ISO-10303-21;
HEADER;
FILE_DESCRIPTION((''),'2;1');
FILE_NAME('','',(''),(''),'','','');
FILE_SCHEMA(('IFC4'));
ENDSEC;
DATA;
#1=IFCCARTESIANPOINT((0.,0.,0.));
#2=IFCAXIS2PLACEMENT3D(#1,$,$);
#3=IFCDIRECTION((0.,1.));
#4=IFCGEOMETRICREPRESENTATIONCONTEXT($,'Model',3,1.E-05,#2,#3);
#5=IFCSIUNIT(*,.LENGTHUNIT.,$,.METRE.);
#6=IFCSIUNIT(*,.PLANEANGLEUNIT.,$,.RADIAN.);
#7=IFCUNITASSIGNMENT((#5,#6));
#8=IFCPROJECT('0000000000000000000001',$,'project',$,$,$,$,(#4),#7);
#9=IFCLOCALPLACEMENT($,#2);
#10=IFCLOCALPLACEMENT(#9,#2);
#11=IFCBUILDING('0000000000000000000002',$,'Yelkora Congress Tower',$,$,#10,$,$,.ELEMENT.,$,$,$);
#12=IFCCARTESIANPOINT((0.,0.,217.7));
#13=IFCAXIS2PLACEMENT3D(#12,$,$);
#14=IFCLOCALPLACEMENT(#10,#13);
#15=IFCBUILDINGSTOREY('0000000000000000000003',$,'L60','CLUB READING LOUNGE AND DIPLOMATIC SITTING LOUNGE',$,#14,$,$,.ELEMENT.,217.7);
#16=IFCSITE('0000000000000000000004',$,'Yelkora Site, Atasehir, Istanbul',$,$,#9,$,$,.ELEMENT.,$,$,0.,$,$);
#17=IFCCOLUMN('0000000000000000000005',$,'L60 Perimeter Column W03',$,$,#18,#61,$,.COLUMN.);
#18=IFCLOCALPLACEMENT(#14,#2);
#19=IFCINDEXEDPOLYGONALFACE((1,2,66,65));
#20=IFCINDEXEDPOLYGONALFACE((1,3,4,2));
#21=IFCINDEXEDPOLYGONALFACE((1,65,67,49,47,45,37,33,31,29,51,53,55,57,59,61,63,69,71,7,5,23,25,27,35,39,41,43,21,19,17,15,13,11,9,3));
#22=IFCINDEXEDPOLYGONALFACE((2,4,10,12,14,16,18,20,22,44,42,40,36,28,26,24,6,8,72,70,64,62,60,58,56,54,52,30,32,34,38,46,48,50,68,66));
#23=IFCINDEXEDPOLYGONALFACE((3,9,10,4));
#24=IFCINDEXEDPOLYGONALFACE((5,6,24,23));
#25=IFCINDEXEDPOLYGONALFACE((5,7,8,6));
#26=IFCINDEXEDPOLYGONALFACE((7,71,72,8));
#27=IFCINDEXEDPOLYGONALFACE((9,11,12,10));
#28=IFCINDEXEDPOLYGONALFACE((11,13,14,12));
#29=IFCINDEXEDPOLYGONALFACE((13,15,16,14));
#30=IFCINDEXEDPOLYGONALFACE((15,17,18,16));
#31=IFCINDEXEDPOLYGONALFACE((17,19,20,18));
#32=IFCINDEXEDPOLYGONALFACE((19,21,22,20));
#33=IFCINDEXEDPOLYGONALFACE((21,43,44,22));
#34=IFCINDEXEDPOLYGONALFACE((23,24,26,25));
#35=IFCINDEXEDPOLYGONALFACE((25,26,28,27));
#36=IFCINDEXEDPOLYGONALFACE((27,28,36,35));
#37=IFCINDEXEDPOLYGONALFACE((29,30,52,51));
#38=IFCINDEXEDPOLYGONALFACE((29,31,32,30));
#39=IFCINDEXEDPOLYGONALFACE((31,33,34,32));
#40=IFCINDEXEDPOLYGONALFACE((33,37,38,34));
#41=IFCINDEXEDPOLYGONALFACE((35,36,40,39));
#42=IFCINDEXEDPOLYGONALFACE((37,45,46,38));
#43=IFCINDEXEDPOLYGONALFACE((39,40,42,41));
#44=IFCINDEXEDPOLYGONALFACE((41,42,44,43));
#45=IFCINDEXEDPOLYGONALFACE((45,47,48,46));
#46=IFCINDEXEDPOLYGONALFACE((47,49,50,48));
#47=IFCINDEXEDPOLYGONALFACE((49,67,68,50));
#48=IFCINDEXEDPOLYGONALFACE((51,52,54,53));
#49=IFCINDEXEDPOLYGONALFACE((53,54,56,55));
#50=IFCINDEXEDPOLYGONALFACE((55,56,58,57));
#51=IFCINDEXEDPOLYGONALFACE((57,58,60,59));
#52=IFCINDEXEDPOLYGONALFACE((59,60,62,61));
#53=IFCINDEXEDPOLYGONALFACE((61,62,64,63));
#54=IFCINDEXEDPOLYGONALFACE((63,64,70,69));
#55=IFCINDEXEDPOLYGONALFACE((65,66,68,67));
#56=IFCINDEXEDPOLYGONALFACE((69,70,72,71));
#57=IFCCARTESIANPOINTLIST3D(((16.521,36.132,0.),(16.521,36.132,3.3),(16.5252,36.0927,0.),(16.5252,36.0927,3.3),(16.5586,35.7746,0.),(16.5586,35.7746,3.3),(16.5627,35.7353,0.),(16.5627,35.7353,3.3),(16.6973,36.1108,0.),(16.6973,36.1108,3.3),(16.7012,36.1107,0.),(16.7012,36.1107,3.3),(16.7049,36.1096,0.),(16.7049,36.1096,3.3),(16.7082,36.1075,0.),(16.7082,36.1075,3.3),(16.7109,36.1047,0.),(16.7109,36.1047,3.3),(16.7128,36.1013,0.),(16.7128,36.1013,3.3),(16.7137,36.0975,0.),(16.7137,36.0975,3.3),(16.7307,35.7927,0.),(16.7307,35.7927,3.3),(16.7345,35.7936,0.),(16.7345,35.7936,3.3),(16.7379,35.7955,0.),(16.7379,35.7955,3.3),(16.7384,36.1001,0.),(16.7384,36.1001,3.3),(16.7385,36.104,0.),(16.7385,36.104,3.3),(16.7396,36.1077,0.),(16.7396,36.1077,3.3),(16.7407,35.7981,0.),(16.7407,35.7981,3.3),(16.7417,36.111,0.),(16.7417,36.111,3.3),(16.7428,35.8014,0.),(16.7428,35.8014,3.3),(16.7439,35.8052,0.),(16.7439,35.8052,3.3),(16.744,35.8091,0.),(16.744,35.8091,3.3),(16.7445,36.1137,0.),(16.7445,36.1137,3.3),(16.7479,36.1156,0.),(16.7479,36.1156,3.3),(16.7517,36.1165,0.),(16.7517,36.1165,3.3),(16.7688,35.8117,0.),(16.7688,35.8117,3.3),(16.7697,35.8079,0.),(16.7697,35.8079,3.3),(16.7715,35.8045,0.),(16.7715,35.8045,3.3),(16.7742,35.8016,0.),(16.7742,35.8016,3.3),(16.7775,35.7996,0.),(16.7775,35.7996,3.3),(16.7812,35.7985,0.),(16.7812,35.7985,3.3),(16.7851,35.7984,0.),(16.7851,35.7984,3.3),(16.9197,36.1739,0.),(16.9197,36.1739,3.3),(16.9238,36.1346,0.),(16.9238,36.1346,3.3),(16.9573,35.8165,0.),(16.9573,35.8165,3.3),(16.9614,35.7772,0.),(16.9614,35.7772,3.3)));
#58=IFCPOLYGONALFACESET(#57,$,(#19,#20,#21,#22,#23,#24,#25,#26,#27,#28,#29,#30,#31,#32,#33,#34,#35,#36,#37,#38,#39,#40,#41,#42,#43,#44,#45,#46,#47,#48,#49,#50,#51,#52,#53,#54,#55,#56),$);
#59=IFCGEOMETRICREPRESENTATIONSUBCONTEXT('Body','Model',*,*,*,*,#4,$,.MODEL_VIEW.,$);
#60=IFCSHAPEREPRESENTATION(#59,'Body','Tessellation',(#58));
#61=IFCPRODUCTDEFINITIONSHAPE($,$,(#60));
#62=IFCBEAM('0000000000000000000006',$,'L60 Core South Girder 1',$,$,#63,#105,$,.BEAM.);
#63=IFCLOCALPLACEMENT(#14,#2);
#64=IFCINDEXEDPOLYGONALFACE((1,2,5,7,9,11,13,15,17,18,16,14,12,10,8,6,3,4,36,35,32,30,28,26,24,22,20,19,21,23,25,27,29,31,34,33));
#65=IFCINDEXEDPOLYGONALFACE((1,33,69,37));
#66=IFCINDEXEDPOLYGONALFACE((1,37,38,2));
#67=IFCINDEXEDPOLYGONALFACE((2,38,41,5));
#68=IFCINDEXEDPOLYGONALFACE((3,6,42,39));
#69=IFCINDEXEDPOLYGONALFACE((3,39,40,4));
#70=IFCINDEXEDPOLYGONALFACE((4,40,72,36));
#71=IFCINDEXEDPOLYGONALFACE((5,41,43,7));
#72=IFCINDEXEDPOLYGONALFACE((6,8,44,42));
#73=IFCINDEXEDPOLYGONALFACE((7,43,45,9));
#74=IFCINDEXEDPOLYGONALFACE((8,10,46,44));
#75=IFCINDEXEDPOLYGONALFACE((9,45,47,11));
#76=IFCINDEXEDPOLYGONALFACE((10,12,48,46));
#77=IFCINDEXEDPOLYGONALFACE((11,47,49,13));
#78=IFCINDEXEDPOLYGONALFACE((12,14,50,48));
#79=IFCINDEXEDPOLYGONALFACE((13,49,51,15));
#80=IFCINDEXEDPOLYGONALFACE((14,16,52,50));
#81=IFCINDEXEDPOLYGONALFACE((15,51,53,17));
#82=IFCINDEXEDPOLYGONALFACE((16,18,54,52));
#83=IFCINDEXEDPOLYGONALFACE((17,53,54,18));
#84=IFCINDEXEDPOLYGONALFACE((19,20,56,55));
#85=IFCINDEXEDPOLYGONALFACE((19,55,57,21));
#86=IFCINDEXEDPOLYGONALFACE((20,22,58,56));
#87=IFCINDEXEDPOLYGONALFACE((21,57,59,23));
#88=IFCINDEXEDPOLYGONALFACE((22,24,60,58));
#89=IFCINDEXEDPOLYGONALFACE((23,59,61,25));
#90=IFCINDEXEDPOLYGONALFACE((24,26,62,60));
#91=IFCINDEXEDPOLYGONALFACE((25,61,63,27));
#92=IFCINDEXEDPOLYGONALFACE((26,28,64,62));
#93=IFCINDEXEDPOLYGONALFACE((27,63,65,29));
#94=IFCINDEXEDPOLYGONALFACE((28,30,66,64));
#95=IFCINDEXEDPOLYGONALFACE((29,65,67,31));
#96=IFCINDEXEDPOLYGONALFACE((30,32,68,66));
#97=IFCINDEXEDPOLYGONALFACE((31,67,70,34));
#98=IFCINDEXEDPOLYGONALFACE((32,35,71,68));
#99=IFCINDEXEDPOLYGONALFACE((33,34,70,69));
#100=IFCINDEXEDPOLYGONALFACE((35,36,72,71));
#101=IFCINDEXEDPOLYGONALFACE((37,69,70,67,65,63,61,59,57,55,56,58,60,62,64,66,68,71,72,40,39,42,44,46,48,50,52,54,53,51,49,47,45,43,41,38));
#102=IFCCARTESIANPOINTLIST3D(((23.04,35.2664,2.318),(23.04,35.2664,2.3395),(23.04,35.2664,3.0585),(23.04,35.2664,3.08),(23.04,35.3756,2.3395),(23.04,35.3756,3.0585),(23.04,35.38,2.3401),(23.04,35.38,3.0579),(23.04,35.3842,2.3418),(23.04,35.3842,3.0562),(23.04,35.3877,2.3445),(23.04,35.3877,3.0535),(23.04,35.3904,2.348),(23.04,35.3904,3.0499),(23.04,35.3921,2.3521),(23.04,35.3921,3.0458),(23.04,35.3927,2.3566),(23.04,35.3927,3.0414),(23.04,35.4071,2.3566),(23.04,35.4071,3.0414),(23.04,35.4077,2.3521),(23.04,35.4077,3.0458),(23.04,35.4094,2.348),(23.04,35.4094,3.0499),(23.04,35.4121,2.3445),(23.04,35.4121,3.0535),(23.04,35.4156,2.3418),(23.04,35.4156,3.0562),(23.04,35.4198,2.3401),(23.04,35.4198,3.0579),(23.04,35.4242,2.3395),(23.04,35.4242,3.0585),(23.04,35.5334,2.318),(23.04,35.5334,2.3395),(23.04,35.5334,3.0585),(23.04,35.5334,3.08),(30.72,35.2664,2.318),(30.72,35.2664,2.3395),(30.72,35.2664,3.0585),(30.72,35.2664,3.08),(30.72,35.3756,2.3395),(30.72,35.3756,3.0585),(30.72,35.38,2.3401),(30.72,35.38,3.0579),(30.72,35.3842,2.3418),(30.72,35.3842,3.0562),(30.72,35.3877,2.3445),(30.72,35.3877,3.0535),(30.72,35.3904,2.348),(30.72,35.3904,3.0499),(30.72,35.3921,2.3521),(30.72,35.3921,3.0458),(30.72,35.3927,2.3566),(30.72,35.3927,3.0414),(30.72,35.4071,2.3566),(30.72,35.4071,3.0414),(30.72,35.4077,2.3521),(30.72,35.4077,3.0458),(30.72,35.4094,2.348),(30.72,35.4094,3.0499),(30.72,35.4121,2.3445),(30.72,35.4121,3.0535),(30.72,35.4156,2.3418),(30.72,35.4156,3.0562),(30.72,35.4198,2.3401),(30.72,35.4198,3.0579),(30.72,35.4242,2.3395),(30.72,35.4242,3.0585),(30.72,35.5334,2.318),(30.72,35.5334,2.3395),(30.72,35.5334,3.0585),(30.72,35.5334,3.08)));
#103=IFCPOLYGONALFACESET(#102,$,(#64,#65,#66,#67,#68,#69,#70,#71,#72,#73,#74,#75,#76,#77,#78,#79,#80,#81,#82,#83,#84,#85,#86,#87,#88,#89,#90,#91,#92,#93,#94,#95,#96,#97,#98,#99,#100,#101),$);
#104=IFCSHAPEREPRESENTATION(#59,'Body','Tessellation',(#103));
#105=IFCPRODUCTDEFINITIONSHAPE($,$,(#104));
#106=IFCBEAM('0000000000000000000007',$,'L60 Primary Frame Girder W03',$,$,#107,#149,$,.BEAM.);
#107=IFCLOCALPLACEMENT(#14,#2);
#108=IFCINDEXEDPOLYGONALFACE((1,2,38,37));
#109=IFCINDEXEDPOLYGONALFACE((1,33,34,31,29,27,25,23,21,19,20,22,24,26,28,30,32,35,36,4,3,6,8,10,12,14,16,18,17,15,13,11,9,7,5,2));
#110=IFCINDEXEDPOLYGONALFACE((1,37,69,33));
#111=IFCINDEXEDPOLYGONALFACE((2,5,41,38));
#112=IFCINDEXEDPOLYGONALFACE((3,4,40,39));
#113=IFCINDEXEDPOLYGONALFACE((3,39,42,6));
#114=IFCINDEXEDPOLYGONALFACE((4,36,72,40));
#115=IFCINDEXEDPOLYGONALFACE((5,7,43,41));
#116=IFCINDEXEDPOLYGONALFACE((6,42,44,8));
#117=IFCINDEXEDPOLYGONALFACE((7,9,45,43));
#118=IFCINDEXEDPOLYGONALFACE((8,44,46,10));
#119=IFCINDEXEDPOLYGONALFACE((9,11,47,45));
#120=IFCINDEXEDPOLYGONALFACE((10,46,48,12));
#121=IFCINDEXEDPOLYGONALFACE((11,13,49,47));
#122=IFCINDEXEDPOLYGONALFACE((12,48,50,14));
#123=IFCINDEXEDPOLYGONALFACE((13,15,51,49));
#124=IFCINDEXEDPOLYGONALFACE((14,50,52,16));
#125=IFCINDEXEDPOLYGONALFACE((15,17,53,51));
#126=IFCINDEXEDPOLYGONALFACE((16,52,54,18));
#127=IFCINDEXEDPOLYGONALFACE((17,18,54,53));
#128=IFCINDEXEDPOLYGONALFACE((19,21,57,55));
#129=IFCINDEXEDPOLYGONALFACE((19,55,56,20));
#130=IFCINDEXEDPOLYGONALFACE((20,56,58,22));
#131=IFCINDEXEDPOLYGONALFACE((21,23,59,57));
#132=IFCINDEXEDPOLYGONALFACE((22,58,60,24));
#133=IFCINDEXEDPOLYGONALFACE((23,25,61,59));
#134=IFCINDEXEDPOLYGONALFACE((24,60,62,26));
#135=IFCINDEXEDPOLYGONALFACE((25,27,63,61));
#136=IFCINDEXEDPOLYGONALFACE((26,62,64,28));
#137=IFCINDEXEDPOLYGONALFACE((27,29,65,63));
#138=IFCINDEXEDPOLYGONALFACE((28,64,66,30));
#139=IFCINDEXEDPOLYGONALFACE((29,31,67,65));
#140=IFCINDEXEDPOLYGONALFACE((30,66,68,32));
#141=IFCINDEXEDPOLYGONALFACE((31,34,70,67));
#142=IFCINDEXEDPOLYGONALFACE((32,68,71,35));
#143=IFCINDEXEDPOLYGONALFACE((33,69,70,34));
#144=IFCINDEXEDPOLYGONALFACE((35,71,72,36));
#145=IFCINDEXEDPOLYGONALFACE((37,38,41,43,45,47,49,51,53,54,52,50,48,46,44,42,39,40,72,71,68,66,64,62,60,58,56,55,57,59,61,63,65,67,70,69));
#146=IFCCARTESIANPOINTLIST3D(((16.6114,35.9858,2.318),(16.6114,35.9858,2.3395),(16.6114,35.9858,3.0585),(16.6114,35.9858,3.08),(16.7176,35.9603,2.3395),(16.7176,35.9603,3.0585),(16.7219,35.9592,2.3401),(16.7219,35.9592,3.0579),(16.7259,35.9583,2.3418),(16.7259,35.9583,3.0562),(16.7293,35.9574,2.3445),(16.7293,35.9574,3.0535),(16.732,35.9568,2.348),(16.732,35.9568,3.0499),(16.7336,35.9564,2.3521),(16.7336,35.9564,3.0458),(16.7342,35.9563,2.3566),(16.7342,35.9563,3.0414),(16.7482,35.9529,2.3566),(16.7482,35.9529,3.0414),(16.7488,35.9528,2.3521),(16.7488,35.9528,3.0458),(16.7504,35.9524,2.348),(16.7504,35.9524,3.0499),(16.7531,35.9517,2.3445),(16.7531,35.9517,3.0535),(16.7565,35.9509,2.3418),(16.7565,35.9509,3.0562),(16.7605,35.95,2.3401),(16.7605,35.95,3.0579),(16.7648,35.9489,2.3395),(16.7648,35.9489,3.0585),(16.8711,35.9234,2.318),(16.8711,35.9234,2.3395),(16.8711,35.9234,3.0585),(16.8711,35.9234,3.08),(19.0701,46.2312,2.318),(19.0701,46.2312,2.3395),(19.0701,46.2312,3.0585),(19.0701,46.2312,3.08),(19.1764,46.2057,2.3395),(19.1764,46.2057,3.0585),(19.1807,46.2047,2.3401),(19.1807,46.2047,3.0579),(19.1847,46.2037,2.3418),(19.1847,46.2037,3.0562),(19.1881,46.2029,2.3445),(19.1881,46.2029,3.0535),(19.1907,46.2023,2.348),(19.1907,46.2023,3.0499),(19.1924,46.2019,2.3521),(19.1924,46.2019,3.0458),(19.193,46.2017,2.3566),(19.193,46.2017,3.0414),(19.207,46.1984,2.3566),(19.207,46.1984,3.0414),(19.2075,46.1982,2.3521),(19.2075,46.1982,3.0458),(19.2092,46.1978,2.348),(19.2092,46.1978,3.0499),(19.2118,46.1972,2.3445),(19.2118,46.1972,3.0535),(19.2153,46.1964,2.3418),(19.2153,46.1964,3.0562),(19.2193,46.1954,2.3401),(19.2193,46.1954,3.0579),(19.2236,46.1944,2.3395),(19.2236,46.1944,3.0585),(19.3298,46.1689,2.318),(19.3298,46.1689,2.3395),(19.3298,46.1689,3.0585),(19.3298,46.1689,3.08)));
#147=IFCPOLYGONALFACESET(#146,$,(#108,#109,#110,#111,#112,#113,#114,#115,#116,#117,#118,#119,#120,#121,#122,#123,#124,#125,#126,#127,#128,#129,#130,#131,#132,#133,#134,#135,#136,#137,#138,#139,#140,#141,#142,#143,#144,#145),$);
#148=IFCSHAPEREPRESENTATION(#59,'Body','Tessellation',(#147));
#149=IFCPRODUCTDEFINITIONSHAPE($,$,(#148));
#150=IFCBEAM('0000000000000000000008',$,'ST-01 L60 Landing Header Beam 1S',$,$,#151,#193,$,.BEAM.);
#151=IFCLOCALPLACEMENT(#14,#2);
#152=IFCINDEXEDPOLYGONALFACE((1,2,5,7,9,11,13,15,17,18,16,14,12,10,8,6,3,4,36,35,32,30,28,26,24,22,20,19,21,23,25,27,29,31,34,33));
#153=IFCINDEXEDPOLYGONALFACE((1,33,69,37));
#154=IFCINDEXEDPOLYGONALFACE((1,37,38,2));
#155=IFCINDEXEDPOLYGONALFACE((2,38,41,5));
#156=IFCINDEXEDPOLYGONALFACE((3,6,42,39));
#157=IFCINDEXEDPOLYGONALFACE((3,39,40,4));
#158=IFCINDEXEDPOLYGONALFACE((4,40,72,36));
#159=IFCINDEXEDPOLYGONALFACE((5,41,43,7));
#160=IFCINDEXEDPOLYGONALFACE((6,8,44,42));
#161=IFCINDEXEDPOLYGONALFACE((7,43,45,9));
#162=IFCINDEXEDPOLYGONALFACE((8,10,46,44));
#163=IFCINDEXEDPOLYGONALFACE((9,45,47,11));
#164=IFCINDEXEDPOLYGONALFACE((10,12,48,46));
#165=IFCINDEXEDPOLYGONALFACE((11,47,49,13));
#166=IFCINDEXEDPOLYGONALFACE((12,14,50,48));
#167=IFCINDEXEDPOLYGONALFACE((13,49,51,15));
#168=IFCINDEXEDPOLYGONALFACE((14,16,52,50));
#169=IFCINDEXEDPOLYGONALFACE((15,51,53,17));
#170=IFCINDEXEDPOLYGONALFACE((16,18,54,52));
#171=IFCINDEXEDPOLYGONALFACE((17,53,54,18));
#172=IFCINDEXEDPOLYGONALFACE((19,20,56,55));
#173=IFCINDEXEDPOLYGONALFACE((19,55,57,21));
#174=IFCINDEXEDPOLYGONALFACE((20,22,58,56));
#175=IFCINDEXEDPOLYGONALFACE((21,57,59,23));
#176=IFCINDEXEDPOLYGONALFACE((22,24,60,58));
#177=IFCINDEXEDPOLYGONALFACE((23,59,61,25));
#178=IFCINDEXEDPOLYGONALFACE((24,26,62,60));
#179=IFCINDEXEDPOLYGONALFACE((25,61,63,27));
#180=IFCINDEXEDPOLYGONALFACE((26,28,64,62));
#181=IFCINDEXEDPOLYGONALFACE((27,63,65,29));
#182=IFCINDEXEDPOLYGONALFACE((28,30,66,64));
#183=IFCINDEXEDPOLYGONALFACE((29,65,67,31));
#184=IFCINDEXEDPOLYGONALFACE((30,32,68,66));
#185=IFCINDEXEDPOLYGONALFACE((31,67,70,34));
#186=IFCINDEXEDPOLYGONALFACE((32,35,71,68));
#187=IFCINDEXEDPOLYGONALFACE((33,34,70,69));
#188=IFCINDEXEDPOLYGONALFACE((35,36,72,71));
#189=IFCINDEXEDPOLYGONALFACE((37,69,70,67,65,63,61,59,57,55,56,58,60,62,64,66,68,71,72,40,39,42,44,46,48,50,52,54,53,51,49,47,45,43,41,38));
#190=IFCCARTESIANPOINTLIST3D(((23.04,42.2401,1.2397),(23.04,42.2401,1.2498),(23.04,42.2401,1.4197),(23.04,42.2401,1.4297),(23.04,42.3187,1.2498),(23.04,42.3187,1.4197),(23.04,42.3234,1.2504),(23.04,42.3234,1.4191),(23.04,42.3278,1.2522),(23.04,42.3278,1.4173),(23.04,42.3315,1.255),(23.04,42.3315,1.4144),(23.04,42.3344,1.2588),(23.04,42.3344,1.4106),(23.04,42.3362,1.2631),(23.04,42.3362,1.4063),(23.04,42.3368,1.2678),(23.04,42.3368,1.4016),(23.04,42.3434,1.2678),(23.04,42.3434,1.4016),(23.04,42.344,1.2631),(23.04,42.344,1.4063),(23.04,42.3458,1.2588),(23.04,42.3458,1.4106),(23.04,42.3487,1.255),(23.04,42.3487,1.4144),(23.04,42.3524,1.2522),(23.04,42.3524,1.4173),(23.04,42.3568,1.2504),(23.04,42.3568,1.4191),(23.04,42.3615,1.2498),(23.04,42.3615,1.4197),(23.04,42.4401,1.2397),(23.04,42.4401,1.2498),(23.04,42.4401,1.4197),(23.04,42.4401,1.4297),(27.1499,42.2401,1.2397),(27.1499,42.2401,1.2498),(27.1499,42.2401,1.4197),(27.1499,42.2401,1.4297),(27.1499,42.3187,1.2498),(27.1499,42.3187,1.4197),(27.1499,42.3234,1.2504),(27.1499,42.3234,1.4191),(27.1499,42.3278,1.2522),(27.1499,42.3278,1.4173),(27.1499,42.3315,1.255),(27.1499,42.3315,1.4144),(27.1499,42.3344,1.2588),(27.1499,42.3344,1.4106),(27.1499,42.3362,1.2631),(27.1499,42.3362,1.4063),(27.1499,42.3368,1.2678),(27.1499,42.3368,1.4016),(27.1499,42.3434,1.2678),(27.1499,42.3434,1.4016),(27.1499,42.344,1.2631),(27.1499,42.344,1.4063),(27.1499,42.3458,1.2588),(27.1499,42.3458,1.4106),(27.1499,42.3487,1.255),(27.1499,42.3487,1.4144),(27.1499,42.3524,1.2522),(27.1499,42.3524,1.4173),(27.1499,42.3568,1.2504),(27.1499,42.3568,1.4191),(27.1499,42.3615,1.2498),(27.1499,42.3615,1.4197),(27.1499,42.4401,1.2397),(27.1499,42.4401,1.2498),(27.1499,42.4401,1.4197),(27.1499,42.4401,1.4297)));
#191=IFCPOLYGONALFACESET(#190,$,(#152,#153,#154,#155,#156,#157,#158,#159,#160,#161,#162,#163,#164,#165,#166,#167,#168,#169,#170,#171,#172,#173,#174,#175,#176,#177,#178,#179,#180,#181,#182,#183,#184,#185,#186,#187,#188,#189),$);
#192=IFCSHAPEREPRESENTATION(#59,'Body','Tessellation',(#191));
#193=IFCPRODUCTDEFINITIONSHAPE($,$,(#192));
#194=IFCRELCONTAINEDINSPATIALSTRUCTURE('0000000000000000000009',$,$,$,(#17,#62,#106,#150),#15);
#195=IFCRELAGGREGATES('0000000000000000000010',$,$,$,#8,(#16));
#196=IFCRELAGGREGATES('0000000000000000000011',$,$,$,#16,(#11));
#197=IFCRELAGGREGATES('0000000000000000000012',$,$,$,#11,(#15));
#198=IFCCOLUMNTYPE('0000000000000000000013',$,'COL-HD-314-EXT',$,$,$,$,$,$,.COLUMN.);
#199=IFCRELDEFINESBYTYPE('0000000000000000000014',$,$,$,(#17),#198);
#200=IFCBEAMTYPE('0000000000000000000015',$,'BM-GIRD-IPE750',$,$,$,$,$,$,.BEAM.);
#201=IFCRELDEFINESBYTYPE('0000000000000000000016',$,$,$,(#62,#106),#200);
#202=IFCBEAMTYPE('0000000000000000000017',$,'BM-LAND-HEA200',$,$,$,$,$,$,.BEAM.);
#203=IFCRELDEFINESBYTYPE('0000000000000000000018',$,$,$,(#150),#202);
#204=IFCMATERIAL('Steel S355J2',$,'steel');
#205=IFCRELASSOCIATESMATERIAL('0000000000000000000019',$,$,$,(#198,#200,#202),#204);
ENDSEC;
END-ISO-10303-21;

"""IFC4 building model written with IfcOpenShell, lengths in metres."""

from ifc_helpers import new_model, si_unit, direction, frame, origin, origin_2d, place, context, subcontext, project, spatial, i_section, extrude, material, material_profile, profile_set, type_object, element, save


model = new_model("IFC4")

# Units and contexts
model_context = context("Model", 3, precision=1e-05, world=origin(), true_north=direction((0.0, 1.0)))
body_context = subcontext(model_context, "Body", "Model", "MODEL_VIEW")
ifc_project = project(units=[si_unit("LENGTHUNIT", "METRE"), si_unit("PLANEANGLEUNIT", "RADIAN")], contexts=[model_context])

# Site, building, storey
site_placement = place(None, origin())
site = spatial("IfcSite", under=ifc_project, at=site_placement, Name="Yelkora Site, Atasehir, Istanbul", CompositionType="ELEMENT", RefElevation=0.0)
building_placement = place(site_placement, origin())
building = spatial("IfcBuilding", under=site, at=building_placement, Name="Yelkora Congress Tower", CompositionType="ELEMENT")
storey_placement = place(building_placement, frame((0.0, 0.0, 217.7)))
storey = spatial("IfcBuildingStorey", under=building, at=storey_placement, Name="L60", Description="CLUB READING LOUNGE AND DIPLOMATIC SITTING LOUNGE", CompositionType="ELEMENT", Elevation=217.7)

# Column
ifc_material_1 = material(Name="Steel S355J2", Category="steel")
ifc_material_profile_1 = material_profile(ifc_material_1, i_section(OverallWidth=0.4009, OverallDepth=0.3989, WebThickness=0.0249, FlangeThickness=0.0396, FilletRadius=0.0149, at=origin_2d()), Name="HD 400x314")
ifc_profile_set_1 = profile_set([ifc_material_profile_1], Name="Steel S355J2")
column_type = type_object("IfcColumnType", Name="COL-HD-314-EXT", PredefinedType="COLUMN", material=ifc_profile_set_1)
column_placement = place(storey_placement, frame((16.7412, 35.9546, 0.0), z_axis=(0.0, 0.0, 1.0), x_axis=(0.994522, 0.104528, 0.0)))
element("IfcColumn", 1, at=column_placement, inside=storey, type_object=column_type, Name="L60 Perimeter Column W03", PredefinedType="COLUMN", context=body_context, shape_type="SweptSolid", body=[
    extrude(i_section(OverallWidth=0.4009, OverallDepth=0.3989, WebThickness=0.0249, FlangeThickness=0.0396, FilletRadius=0.0149, at=origin_2d()), origin(), (0.0, 0.0, 1.0), 3.3),
])

# Beams
ifc_material_profile_2 = material_profile(ifc_material_1, i_section(OverallWidth=0.2671, OverallDepth=0.762, WebThickness=0.0144, FlangeThickness=0.0215, FilletRadius=0.0171, at=origin_2d()), Name="IPE 750x173")
ifc_profile_set_2 = profile_set([ifc_material_profile_2], Name="Steel S355J2")
beam_type_1 = type_object("IfcBeamType", Name="BM-GIRD-IPE750", PredefinedType="BEAM", material=ifc_profile_set_2)
beam_1_placement = place(storey_placement, frame((23.04, 35.3999, 2.699), z_axis=(1.0, 0.0, 0.0), x_axis=(0.0, 1.0, 0.0)))
element("IfcBeam", 2, at=beam_1_placement, inside=storey, type_object=beam_type_1, Name="L60 Core South Girder 1", PredefinedType="BEAM", context=body_context, shape_type="SweptSolid", body=[
    extrude(i_section(OverallWidth=0.2671, OverallDepth=0.762, WebThickness=0.0144, FlangeThickness=0.0215, FilletRadius=0.0171, at=origin_2d()), origin(), (0.0, 0.0, 1.0), 7.6799),
])
beam_2_placement = place(storey_placement, frame((16.7412, 35.9546, 2.699), z_axis=(0.23336, 0.97239, 0.0), x_axis=(-0.97239, 0.23336, 0.0)))
element("IfcBeam", 3, at=beam_2_placement, inside=storey, type_object=beam_type_1, Name="L60 Primary Frame Girder W03", PredefinedType="BEAM", context=body_context, shape_type="SweptSolid", body=[
    extrude(i_section(OverallWidth=0.2671, OverallDepth=0.762, WebThickness=0.0144, FlangeThickness=0.0215, FilletRadius=0.0171, at=origin_2d()), origin(), (0.0, 0.0, 1.0), 10.5364),
])
ifc_material_profile_3 = material_profile(ifc_material_1, i_section(OverallWidth=0.2, OverallDepth=0.1899, WebThickness=0.0066, FlangeThickness=0.01, FilletRadius=0.0181, at=origin_2d()), Name="HEA 200")
ifc_profile_set_3 = profile_set([ifc_material_profile_3], Name="Steel S355J2")
beam_type_2 = type_object("IfcBeamType", Name="BM-LAND-HEA200", PredefinedType="BEAM", material=ifc_profile_set_3)
beam_3_placement = place(storey_placement, frame((23.04, 42.3401, 1.3347), z_axis=(1.0, 0.0, 0.0), x_axis=(0.0, 1.0, 0.0)))
element("IfcBeam", 4, at=beam_3_placement, inside=storey, type_object=beam_type_2, Name="ST-01 L60 Landing Header Beam 1S", PredefinedType="BEAM", context=body_context, shape_type="SweptSolid", body=[
    extrude(i_section(OverallWidth=0.2, OverallDepth=0.1899, WebThickness=0.0066, FlangeThickness=0.01, FilletRadius=0.0181, at=origin_2d()), origin(), (0.0, 0.0, 1.0), 4.1099),
])

save(model, "model.ifc")
